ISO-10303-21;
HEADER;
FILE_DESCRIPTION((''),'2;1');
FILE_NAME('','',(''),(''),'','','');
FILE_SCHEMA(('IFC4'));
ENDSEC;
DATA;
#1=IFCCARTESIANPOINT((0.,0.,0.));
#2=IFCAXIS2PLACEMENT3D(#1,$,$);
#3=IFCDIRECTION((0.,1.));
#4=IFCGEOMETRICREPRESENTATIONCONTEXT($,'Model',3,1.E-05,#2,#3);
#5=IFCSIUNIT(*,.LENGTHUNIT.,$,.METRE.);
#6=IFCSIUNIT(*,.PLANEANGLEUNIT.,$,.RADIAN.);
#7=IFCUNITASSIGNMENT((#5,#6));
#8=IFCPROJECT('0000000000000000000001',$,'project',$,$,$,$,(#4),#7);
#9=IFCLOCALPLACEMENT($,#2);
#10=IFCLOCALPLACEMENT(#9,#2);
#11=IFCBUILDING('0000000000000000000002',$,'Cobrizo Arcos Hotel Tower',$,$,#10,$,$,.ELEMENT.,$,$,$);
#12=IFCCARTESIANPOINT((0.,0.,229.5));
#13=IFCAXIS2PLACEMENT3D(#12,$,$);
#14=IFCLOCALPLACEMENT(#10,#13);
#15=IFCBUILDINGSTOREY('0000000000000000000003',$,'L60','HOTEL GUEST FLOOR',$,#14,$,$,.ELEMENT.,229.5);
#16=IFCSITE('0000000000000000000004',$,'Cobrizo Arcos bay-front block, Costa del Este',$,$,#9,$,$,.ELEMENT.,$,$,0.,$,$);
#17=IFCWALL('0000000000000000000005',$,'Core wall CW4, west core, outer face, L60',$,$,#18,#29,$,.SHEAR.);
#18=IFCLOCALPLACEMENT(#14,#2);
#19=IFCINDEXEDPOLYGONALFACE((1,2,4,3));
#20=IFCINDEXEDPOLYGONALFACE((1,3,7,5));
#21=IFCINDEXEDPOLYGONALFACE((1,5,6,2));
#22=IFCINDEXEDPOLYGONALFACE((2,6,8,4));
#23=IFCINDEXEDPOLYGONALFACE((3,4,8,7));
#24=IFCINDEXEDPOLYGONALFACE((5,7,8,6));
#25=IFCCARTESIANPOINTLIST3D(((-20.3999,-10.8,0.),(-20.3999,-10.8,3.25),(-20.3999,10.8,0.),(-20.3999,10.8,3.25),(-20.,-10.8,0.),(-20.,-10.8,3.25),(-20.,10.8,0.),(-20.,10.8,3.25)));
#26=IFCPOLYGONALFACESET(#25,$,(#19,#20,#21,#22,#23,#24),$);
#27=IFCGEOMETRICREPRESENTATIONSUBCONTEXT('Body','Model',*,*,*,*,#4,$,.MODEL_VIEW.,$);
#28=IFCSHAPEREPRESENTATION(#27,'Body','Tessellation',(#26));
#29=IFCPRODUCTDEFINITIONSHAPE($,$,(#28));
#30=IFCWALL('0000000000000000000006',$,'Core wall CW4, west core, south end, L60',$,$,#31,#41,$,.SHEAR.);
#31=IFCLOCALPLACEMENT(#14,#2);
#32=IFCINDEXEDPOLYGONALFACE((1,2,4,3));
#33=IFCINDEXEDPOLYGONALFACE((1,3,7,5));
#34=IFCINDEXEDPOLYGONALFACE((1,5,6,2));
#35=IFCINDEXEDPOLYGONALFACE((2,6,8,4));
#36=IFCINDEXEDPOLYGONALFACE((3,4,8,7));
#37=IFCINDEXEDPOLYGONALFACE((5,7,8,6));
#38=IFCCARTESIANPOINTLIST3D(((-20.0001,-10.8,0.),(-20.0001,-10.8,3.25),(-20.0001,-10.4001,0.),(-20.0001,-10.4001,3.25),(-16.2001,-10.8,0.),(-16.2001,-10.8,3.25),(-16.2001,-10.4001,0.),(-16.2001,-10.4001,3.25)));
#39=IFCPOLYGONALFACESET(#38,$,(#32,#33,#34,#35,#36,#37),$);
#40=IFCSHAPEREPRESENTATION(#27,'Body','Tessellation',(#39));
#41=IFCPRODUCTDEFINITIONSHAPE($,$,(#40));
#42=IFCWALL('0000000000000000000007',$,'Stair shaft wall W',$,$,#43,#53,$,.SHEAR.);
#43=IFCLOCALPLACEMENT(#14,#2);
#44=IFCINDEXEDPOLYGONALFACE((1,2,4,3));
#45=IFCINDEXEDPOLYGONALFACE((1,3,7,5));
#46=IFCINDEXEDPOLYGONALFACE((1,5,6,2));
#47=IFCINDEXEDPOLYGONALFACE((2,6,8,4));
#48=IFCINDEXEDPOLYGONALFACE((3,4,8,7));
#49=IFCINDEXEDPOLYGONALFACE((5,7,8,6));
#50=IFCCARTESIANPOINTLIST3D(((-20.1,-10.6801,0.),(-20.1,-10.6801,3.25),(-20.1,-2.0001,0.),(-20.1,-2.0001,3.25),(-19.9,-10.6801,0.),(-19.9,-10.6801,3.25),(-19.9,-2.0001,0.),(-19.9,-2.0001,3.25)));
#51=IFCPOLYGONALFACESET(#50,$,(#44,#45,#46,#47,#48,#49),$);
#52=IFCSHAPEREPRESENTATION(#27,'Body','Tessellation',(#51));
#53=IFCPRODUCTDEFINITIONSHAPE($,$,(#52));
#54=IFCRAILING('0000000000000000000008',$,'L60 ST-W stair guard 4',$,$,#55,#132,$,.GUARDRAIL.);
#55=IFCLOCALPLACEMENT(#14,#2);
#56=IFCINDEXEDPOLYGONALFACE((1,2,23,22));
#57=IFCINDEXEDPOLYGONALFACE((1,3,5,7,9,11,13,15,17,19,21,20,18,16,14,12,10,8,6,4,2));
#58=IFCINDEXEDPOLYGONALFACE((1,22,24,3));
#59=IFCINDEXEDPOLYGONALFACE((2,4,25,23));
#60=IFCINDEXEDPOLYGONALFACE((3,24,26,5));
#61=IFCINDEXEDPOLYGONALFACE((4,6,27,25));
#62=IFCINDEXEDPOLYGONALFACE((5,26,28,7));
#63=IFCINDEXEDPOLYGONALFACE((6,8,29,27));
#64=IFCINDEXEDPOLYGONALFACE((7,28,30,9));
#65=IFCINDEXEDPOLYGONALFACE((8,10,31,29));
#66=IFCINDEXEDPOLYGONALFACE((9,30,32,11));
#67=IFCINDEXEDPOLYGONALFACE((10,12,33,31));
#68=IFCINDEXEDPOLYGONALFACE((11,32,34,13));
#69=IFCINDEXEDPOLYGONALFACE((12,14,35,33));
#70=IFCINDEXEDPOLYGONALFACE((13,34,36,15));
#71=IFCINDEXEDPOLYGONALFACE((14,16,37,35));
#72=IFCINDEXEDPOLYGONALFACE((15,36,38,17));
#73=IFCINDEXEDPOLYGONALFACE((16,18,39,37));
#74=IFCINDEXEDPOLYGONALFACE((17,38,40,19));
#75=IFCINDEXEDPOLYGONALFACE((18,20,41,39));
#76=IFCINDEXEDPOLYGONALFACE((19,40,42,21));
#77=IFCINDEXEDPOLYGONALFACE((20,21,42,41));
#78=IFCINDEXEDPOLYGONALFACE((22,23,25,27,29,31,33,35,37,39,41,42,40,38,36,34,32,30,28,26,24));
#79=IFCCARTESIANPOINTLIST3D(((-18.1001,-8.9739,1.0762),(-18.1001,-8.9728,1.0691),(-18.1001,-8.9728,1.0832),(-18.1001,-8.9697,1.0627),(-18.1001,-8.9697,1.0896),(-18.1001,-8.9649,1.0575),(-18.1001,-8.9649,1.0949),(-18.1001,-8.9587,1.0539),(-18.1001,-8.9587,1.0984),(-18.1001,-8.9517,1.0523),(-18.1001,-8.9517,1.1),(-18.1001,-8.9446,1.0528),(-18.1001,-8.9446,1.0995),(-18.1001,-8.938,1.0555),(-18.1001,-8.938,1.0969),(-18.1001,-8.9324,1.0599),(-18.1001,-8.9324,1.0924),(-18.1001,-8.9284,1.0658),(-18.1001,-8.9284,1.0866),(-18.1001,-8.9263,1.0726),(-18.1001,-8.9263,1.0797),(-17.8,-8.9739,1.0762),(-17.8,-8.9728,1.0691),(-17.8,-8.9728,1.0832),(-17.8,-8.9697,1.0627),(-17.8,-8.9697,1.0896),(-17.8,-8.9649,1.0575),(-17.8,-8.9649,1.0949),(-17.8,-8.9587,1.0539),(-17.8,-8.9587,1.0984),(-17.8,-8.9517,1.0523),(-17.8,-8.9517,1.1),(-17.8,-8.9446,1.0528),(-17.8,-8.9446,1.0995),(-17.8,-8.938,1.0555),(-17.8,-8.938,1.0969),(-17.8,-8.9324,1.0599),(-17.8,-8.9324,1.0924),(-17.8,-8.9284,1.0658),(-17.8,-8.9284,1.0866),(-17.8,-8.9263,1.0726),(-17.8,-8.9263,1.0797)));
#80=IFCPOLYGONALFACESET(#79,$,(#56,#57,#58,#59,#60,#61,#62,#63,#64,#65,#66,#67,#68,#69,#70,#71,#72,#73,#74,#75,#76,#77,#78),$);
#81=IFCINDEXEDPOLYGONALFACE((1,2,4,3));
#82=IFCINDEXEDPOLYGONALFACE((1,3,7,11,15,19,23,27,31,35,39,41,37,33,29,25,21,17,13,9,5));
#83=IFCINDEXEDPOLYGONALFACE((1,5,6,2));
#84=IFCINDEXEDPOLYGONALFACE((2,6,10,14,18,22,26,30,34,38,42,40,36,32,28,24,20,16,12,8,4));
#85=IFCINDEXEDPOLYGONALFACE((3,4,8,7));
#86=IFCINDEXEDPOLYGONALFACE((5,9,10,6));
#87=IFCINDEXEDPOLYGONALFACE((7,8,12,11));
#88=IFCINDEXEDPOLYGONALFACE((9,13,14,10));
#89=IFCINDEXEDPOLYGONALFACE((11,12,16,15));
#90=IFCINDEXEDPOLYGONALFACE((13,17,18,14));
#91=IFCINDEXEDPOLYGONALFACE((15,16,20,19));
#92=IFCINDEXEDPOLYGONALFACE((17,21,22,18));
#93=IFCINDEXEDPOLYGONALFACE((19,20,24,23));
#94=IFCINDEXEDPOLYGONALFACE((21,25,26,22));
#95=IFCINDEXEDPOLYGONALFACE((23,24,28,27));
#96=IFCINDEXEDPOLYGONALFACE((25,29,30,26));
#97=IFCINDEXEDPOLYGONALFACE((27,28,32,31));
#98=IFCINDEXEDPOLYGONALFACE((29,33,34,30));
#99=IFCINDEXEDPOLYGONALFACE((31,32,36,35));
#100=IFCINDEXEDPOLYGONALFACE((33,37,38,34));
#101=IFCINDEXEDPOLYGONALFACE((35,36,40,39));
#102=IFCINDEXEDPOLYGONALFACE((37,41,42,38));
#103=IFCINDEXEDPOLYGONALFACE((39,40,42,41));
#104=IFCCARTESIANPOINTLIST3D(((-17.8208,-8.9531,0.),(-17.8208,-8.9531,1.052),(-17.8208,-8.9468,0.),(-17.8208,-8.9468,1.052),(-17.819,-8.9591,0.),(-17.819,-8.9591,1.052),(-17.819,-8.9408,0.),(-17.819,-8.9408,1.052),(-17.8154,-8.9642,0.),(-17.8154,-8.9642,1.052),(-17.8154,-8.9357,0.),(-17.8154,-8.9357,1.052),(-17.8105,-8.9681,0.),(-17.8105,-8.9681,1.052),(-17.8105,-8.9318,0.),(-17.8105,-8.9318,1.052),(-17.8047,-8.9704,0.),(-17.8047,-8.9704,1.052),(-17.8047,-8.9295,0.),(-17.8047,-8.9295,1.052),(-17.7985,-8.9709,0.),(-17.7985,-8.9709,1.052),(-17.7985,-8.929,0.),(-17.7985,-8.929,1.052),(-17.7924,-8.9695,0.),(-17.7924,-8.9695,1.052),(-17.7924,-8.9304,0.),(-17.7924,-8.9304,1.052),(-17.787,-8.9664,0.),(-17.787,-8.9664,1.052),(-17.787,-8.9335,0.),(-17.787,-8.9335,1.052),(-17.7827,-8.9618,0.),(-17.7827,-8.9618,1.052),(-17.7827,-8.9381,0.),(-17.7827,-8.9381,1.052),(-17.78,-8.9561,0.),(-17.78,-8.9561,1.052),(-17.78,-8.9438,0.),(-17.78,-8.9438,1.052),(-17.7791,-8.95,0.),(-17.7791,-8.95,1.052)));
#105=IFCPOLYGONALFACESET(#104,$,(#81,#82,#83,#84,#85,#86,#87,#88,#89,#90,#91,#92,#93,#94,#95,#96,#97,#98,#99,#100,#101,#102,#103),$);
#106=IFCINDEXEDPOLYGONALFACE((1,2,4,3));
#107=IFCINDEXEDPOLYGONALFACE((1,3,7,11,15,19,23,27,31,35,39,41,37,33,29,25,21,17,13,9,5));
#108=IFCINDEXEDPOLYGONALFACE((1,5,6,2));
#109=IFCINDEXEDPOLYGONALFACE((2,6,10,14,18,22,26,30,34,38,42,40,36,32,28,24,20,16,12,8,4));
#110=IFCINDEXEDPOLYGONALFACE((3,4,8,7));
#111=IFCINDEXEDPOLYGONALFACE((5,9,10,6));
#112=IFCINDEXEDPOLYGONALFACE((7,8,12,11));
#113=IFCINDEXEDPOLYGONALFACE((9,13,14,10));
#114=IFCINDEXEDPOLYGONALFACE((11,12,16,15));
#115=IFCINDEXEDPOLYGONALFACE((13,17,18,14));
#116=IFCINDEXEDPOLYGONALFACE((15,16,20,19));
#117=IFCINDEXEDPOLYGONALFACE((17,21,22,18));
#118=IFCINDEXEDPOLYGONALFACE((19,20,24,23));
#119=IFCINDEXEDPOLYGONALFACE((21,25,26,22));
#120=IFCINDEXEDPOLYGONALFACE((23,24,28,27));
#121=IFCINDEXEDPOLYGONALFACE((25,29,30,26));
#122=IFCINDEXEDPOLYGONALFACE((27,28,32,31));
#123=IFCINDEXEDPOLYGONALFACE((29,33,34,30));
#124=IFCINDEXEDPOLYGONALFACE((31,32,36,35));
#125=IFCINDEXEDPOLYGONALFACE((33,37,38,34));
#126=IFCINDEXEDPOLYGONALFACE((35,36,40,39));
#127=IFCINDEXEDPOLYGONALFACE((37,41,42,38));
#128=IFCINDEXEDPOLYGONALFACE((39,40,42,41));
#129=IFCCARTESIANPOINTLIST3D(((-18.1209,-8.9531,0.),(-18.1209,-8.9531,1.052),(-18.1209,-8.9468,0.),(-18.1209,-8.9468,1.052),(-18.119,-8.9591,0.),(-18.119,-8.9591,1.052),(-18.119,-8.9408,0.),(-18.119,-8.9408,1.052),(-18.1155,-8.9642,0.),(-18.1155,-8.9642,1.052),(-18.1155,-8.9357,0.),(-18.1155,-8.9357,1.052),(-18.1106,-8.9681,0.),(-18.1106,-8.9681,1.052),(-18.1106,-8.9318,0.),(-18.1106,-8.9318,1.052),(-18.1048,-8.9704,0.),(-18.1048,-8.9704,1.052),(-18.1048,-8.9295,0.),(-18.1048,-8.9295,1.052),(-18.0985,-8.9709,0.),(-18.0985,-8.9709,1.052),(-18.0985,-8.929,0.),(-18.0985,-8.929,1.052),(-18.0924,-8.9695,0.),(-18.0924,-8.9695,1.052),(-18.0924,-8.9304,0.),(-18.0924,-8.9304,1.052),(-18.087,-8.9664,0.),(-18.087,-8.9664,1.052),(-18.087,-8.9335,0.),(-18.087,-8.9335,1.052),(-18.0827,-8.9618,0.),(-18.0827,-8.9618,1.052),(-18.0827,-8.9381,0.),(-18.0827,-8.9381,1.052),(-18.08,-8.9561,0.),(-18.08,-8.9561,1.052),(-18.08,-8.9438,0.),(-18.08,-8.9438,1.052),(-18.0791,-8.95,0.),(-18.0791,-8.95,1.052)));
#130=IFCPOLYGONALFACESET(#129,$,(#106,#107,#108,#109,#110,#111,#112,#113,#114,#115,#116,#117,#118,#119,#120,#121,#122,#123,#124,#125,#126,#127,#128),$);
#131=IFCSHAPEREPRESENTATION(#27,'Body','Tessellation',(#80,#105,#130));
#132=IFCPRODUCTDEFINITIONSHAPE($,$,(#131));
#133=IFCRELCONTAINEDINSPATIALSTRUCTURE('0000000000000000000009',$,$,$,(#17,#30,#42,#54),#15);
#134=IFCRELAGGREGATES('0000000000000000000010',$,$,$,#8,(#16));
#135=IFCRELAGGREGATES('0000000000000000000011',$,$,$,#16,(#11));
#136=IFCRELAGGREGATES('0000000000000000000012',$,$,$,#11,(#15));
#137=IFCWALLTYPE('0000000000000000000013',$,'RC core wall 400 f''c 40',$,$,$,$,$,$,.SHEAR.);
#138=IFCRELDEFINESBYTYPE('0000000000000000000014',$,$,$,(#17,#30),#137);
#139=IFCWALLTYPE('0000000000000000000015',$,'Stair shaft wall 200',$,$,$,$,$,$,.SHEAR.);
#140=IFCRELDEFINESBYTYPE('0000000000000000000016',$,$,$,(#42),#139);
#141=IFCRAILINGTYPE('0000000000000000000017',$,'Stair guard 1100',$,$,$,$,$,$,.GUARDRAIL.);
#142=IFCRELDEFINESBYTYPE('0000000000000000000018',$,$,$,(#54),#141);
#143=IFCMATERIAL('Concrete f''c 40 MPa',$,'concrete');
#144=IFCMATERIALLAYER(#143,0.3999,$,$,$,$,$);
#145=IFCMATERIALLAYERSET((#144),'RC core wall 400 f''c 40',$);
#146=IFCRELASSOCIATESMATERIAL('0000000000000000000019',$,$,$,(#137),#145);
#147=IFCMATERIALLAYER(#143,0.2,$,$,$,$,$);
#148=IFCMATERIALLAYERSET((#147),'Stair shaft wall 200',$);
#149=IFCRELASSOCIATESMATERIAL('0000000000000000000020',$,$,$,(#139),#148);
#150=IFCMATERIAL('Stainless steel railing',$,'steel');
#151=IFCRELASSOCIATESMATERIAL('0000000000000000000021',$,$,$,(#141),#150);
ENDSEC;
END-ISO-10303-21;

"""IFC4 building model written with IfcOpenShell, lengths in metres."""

from ifc_helpers import new_model, si_unit, direction, frame, frame_2d, origin, origin_2d, place, context, subcontext, project, spatial, rectangle, circle, extrude, material, layer, layer_set, type_object, element, save


model = new_model("IFC4")

# Units and contexts
model_context = context("Model", 3, precision=1e-05, world=origin(), true_north=direction((0.0, 1.0)))
body_context = subcontext(model_context, "Body", "Model", "MODEL_VIEW")
ifc_project = project(units=[si_unit("LENGTHUNIT", "METRE"), si_unit("PLANEANGLEUNIT", "RADIAN")], contexts=[model_context])

# Site, building, storey
site_placement = place(None, origin())
site = spatial("IfcSite", under=ifc_project, at=site_placement, Name="Cobrizo Arcos bay-front block, Costa del Este", CompositionType="ELEMENT", RefElevation=0.0)
building_placement = place(site_placement, origin())
building = spatial("IfcBuilding", under=site, at=building_placement, Name="Cobrizo Arcos Hotel Tower", CompositionType="ELEMENT")
storey_placement = place(building_placement, frame((0.0, 0.0, 229.5)))
storey = spatial("IfcBuildingStorey", under=building, at=storey_placement, Name="L60", Description="HOTEL GUEST FLOOR", CompositionType="ELEMENT", Elevation=229.5)

# Shared definitions
ifc_material_1 = material(Name="Concrete f'c 40 MPa", Category="concrete")
ifc_layer_1 = layer(ifc_material_1, 0.3999)
ifc_layer_set_1 = layer_set([ifc_layer_1], Name="RC core wall 400 f'c 40")
wall_type_1 = type_object("IfcWallType", Name="RC core wall 400 f'c 40", PredefinedType="SHEAR", material=ifc_layer_set_1)

# Walls
wall_1_placement = place(storey_placement, frame((-20.2, -10.8, 0.0), z_axis=(0.0, 0.0, 1.0), x_axis=(0.0, 1.0, 0.0)))
element("IfcWall", 1, at=wall_1_placement, inside=storey, type_object=wall_type_1, Name="Core wall CW4, west core, outer face, L60", PredefinedType="SHEAR", context=body_context, shape_type="SweptSolid", body=[
    extrude(rectangle(XDim=21.6001, YDim=0.3999, at=frame_2d((10.8, 0.0))), origin(), (0.0, 0.0, 1.0), 3.25),
])
wall_2_placement = place(storey_placement, frame((-20.0, -10.6001, 0.0), z_axis=(0.0, 0.0, 1.0), x_axis=(1.0, 0.0, 0.0)))
element("IfcWall", 2, at=wall_2_placement, inside=storey, type_object=wall_type_1, Name="Core wall CW4, west core, south end, L60", PredefinedType="SHEAR", context=body_context, shape_type="SweptSolid", body=[
    extrude(rectangle(XDim=3.8, YDim=0.3999, at=frame_2d((1.8999, 0.0))), origin(), (0.0, 0.0, 1.0), 3.25),
])
ifc_layer_2 = layer(ifc_material_1, 0.2)
ifc_layer_set_2 = layer_set([ifc_layer_2], Name="Stair shaft wall 200")
wall_type_2 = type_object("IfcWallType", Name="Stair shaft wall 200", PredefinedType="SHEAR", material=ifc_layer_set_2)
wall_3_placement = place(storey_placement, frame((-20.0, -10.6799, 0.0), z_axis=(0.0, 0.0, 1.0), x_axis=(0.0, 1.0, 0.0)))
element("IfcWall", 3, at=wall_3_placement, inside=storey, type_object=wall_type_2, Name="Stair shaft wall W", PredefinedType="SHEAR", context=body_context, shape_type="SweptSolid", body=[
    extrude(rectangle(XDim=8.6799, YDim=0.2, at=frame_2d((4.3398, 0.0))), origin(), (0.0, 0.0, 1.0), 3.25),
])

# Railing
ifc_material_2 = material(Name="Stainless steel railing", Category="steel")
railing_type = type_object("IfcRailingType", Name="Stair guard 1100", PredefinedType="GUARDRAIL", material=ifc_material_2)
railing_placement = place(storey_placement, frame((-17.8, -8.95, 0.0)))
element("IfcRailing", 4, at=railing_placement, inside=storey, type_object=railing_type, Name="L60 ST-W stair guard 4", PredefinedType="GUARDRAIL", context=body_context, shape_type="SweptSolid", body=[
    extrude(circle(Radius=0.0239, at=origin_2d()), frame((0.0, 0.0, 1.0762), z_axis=(-1.0, 0.0, 0.0), x_axis=(0.0, -1.0, 0.0)), (0.0, 0.0, 1.0), 0.3),
    extrude(circle(Radius=0.021, at=origin_2d()), origin(), (0.0, 0.0, 1.0), 1.052),
    extrude(circle(Radius=0.021, at=origin_2d()), frame((-0.3, 0.0, 0.0)), (0.0, 0.0, 1.0), 1.052),
])

save(model, "model.ifc")
